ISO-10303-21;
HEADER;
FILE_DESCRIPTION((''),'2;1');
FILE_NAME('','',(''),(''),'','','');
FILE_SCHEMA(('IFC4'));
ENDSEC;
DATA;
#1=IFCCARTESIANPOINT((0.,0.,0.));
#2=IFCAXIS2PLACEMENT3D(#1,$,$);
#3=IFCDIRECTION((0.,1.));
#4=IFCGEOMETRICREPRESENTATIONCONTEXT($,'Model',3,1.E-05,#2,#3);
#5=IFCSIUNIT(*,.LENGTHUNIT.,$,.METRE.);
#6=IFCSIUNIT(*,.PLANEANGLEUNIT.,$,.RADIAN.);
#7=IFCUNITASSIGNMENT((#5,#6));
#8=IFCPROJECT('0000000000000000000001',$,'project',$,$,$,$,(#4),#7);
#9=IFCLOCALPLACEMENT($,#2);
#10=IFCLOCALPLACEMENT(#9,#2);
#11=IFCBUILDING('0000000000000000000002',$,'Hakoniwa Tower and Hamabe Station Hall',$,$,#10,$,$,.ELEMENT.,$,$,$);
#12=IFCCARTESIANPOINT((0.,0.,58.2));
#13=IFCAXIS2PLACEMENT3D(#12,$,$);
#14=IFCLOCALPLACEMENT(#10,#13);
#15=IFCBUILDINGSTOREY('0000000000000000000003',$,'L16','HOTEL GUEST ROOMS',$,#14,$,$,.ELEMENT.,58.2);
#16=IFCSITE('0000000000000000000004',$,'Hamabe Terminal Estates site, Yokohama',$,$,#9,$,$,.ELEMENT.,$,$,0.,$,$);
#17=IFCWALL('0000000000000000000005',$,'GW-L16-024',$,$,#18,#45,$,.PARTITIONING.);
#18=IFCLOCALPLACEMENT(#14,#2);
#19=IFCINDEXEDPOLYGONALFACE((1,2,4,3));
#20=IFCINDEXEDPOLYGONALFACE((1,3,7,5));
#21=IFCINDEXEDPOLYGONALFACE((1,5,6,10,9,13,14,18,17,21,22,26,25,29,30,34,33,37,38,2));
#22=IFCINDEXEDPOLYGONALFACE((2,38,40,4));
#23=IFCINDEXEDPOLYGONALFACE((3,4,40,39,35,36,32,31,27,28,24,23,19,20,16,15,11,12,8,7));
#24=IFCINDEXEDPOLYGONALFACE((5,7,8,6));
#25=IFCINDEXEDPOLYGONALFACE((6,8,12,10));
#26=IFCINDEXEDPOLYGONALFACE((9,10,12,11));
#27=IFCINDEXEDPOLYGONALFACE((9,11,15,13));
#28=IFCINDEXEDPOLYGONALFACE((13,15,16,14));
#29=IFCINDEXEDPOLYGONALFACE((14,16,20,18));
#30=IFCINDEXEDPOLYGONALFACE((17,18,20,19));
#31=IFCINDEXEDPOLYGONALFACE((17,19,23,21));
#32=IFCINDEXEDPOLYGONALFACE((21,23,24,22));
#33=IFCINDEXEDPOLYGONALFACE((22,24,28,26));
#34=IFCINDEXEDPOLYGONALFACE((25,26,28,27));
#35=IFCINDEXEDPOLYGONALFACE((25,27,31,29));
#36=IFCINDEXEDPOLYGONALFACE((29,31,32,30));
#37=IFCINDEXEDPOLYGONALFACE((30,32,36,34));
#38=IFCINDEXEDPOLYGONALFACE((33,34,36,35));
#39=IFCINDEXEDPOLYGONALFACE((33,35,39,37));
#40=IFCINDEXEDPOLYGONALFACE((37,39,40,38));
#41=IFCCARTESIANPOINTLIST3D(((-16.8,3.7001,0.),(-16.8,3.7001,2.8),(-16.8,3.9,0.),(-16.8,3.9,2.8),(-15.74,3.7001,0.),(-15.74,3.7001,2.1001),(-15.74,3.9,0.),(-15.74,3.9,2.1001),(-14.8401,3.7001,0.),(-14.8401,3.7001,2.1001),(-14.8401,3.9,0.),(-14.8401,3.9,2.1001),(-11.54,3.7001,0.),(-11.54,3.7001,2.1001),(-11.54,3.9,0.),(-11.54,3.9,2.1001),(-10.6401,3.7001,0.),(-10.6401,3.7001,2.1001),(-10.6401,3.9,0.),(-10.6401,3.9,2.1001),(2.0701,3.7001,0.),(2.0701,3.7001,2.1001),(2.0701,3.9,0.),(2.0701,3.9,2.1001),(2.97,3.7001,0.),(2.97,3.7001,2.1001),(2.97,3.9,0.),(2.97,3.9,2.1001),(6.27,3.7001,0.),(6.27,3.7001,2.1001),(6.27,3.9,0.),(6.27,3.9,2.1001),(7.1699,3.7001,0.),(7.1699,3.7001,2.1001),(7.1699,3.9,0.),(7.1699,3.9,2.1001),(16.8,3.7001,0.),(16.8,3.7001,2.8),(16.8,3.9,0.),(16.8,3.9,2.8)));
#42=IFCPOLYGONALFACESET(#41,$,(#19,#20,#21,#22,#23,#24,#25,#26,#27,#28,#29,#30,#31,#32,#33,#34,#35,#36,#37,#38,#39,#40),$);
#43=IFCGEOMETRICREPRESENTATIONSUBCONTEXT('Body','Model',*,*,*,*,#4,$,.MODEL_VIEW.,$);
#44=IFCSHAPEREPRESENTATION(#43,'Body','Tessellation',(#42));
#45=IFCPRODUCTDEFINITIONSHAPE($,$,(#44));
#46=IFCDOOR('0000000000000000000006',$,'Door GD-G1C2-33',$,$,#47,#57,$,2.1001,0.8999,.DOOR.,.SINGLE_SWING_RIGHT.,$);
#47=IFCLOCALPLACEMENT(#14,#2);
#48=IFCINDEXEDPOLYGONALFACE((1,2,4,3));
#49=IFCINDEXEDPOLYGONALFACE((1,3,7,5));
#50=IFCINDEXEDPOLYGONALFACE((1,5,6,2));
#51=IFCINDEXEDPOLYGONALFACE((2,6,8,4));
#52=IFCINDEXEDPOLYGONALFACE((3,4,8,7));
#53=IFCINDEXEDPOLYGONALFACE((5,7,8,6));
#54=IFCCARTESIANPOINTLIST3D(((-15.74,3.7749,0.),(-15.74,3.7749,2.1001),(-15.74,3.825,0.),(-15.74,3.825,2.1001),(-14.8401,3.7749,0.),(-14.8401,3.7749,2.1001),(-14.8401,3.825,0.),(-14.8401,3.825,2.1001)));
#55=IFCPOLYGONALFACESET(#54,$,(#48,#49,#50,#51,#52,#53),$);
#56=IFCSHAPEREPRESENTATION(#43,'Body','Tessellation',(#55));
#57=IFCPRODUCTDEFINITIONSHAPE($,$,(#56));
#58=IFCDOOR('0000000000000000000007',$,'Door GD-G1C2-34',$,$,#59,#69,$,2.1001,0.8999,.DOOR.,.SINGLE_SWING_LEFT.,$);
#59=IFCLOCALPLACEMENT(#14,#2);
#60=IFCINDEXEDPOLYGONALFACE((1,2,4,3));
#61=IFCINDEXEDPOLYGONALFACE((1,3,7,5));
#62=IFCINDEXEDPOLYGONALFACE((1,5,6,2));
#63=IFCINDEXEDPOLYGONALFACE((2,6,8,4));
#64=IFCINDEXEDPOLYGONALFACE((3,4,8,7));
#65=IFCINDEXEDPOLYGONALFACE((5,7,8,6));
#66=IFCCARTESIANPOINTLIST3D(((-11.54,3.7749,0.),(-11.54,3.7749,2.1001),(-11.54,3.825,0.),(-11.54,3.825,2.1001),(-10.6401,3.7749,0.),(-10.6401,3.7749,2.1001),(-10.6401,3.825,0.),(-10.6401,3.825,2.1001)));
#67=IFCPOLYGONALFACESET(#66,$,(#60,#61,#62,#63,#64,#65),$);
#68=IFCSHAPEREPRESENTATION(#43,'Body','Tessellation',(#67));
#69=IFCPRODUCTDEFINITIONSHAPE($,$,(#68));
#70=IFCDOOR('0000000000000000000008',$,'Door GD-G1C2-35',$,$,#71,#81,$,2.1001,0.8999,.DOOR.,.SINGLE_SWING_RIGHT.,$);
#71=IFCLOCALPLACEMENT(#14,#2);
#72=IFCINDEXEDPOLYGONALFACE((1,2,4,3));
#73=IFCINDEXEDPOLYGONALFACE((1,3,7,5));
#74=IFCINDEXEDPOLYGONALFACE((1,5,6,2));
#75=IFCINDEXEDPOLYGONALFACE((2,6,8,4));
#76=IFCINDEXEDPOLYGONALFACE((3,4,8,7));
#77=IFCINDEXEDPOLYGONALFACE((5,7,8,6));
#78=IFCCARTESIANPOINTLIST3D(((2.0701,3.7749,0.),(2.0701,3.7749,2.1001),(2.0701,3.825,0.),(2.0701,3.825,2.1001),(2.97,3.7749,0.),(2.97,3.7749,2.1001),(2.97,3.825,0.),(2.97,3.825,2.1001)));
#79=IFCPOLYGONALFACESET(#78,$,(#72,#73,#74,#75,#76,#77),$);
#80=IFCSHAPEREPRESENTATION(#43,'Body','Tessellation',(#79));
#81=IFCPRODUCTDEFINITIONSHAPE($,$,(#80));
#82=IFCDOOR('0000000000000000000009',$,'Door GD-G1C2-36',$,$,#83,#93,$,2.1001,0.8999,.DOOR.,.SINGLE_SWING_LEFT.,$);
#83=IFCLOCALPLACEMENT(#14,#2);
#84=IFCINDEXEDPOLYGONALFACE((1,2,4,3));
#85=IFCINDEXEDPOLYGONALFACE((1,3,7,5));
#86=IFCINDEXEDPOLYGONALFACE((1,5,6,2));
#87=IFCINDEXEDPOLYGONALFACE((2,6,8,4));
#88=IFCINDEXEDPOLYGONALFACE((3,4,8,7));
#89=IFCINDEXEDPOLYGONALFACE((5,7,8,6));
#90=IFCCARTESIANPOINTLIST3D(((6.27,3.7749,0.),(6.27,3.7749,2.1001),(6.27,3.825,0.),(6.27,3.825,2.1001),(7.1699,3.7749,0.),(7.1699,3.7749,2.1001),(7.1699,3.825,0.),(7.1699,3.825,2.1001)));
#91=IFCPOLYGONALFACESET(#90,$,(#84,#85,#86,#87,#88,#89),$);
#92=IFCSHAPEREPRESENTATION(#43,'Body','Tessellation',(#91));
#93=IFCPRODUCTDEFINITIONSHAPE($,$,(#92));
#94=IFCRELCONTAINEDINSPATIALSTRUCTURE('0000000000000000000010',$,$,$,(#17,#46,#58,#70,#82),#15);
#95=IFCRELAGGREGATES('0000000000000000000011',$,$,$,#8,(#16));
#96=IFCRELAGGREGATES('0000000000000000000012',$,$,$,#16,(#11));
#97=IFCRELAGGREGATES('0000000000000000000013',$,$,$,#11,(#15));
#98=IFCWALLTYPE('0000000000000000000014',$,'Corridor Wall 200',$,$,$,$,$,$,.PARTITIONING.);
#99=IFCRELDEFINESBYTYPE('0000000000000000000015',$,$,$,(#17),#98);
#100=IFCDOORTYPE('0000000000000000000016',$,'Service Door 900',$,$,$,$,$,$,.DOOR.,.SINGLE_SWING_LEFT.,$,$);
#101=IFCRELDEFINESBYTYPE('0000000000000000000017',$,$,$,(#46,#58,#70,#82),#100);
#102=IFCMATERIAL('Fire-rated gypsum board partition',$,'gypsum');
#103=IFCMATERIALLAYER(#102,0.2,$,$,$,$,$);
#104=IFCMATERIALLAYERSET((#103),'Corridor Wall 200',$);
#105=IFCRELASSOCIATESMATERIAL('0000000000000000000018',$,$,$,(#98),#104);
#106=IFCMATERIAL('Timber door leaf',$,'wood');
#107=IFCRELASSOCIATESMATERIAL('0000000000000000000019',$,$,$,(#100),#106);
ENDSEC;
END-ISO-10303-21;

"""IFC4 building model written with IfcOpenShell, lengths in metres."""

from ifc_helpers import new_model, si_unit, direction, frame, frame_2d, origin, place, context, subcontext, project, spatial, rectangle, extrude, material, layer, layer_set, type_object, element, fill, save


model = new_model("IFC4")

# Units and contexts
model_context = context("Model", 3, precision=1e-05, world=origin(), true_north=direction((0.0, 1.0)))
body_context = subcontext(model_context, "Body", "Model", "MODEL_VIEW")
ifc_project = project(units=[si_unit("LENGTHUNIT", "METRE"), si_unit("PLANEANGLEUNIT", "RADIAN")], contexts=[model_context])

# Site, building, storey
site_placement = place(None, origin())
site = spatial("IfcSite", under=ifc_project, at=site_placement, Name="Hamabe Terminal Estates site, Yokohama", CompositionType="ELEMENT", RefElevation=0.0)
building_placement = place(site_placement, origin())
building = spatial("IfcBuilding", under=site, at=building_placement, Name="Hakoniwa Tower and Hamabe Station Hall", CompositionType="ELEMENT")
storey_placement = place(building_placement, frame((0.0, 0.0, 58.2)))
storey = spatial("IfcBuildingStorey", under=building, at=storey_placement, Name="L16", Description="HOTEL GUEST ROOMS", CompositionType="ELEMENT", Elevation=58.2)

# Wall, openings, doors
ifc_material_1 = material(Name="Fire-rated gypsum board partition", Category="gypsum")
ifc_layer_1 = layer(ifc_material_1, 0.2)
ifc_layer_set_1 = layer_set([ifc_layer_1], Name="Corridor Wall 200")
wall_type_1 = type_object("IfcWallType", Name="Corridor Wall 200", PredefinedType="PARTITIONING", material=ifc_layer_set_1)
wall_1_placement = place(storey_placement, frame((-16.8, 3.8, 0.0), z_axis=(0.0, 0.0, 1.0), x_axis=(1.0, 0.0, 0.0)))
wall_1 = element("IfcWall", 1, at=wall_1_placement, inside=storey, type_object=wall_type_1, Name="GW-L16-024", PredefinedType="PARTITIONING", context=body_context, shape_type="SweptSolid", body=[
    extrude(rectangle(XDim=33.6001, YDim=0.2, at=frame_2d((16.8, 0.0))), origin(), (0.0, 0.0, 1.0), 2.8),
])
opening_1_placement = place(wall_1_placement, frame((1.0601, 0.0, 0.0)))
opening_1 = element("IfcOpeningElement", 2, at=opening_1_placement, cuts=wall_1, PredefinedType="OPENING", context=body_context, shape_type="SweptSolid", body=[
    extrude(rectangle(XDim=0.8999, YDim=2.1001, at=frame_2d((0.45, 1.05))), frame((0.0, 0.1099, 0.0), z_axis=(0.0, -1.0, 0.0), x_axis=(1.0, 0.0, 0.0)), (0.0, 0.0, 1.0), 0.22),
])
opening_2_placement = place(wall_1_placement, frame((5.26, 0.0, 0.0)))
opening_2 = element("IfcOpeningElement", 3, at=opening_2_placement, cuts=wall_1, PredefinedType="OPENING", context=body_context, shape_type="SweptSolid", body=[
    extrude(rectangle(XDim=0.8999, YDim=2.1001, at=frame_2d((0.45, 1.05))), frame((0.0, 0.1099, 0.0), z_axis=(0.0, -1.0, 0.0), x_axis=(1.0, 0.0, 0.0)), (0.0, 0.0, 1.0), 0.22),
])
opening_3_placement = place(wall_1_placement, frame((18.8701, 0.0, 0.0)))
opening_3 = element("IfcOpeningElement", 4, at=opening_3_placement, cuts=wall_1, PredefinedType="OPENING", context=body_context, shape_type="SweptSolid", body=[
    extrude(rectangle(XDim=0.8999, YDim=2.1001, at=frame_2d((0.45, 1.05))), frame((0.0, 0.1099, 0.0), z_axis=(0.0, -1.0, 0.0), x_axis=(1.0, 0.0, 0.0)), (0.0, 0.0, 1.0), 0.22),
])
opening_4_placement = place(wall_1_placement, frame((23.0701, 0.0, 0.0)))
opening_4 = element("IfcOpeningElement", 5, at=opening_4_placement, cuts=wall_1, PredefinedType="OPENING", context=body_context, shape_type="SweptSolid", body=[
    extrude(rectangle(XDim=0.8999, YDim=2.1001, at=frame_2d((0.45, 1.05))), frame((0.0, 0.1099, 0.0), z_axis=(0.0, -1.0, 0.0), x_axis=(1.0, 0.0, 0.0)), (0.0, 0.0, 1.0), 0.22),
])
ifc_material_2 = material(Name="Timber door leaf", Category="wood")
door_type_1 = type_object("IfcDoorType", Name="Service Door 900", OperationType="SINGLE_SWING_LEFT", PredefinedType="DOOR", material=ifc_material_2)
door_1_placement = place(opening_1_placement, origin())
door_1 = element("IfcDoor", 6, at=door_1_placement, inside=storey, type_object=door_type_1, Name="Door GD-G1C2-33", OperationType="SINGLE_SWING_RIGHT", OverallHeight=2.1001, OverallWidth=0.8999, PredefinedType="DOOR", context=body_context, shape_type="SweptSolid", body=[
    extrude(rectangle(XDim=0.8999, YDim=2.1001, at=frame_2d((0.45, 1.05))), frame((0.0, 0.0249, 0.0), z_axis=(0.0, -1.0, 0.0), x_axis=(1.0, 0.0, 0.0)), (0.0, 0.0, 1.0), 0.05),
])
fill(opening_1, door_1)
door_2_placement = place(opening_2_placement, origin())
door_2 = element("IfcDoor", 7, at=door_2_placement, inside=storey, type_object=door_type_1, Name="Door GD-G1C2-34", OperationType="SINGLE_SWING_LEFT", OverallHeight=2.1001, OverallWidth=0.8999, PredefinedType="DOOR", context=body_context, shape_type="SweptSolid", body=[
    extrude(rectangle(XDim=0.8999, YDim=2.1001, at=frame_2d((0.45, 1.05))), frame((0.0, 0.0249, 0.0), z_axis=(0.0, -1.0, 0.0), x_axis=(1.0, 0.0, 0.0)), (0.0, 0.0, 1.0), 0.05),
])
fill(opening_2, door_2)
door_3_placement = place(opening_3_placement, origin())
door_3 = element("IfcDoor", 8, at=door_3_placement, inside=storey, type_object=door_type_1, Name="Door GD-G1C2-35", OperationType="SINGLE_SWING_RIGHT", OverallHeight=2.1001, OverallWidth=0.8999, PredefinedType="DOOR", context=body_context, shape_type="SweptSolid", body=[
    extrude(rectangle(XDim=0.8999, YDim=2.1001, at=frame_2d((0.45, 1.05))), frame((0.0, 0.0249, 0.0), z_axis=(0.0, -1.0, 0.0), x_axis=(1.0, 0.0, 0.0)), (0.0, 0.0, 1.0), 0.05),
])
fill(opening_3, door_3)
door_4_placement = place(opening_4_placement, origin())
door_4 = element("IfcDoor", 9, at=door_4_placement, inside=storey, type_object=door_type_1, Name="Door GD-G1C2-36", OperationType="SINGLE_SWING_LEFT", OverallHeight=2.1001, OverallWidth=0.8999, PredefinedType="DOOR", context=body_context, shape_type="SweptSolid", body=[
    extrude(rectangle(XDim=0.8999, YDim=2.1001, at=frame_2d((0.45, 1.05))), frame((0.0, 0.0249, 0.0), z_axis=(0.0, -1.0, 0.0), x_axis=(1.0, 0.0, 0.0)), (0.0, 0.0, 1.0), 0.05),
])
fill(opening_4, door_4)

save(model, "model.ifc")
